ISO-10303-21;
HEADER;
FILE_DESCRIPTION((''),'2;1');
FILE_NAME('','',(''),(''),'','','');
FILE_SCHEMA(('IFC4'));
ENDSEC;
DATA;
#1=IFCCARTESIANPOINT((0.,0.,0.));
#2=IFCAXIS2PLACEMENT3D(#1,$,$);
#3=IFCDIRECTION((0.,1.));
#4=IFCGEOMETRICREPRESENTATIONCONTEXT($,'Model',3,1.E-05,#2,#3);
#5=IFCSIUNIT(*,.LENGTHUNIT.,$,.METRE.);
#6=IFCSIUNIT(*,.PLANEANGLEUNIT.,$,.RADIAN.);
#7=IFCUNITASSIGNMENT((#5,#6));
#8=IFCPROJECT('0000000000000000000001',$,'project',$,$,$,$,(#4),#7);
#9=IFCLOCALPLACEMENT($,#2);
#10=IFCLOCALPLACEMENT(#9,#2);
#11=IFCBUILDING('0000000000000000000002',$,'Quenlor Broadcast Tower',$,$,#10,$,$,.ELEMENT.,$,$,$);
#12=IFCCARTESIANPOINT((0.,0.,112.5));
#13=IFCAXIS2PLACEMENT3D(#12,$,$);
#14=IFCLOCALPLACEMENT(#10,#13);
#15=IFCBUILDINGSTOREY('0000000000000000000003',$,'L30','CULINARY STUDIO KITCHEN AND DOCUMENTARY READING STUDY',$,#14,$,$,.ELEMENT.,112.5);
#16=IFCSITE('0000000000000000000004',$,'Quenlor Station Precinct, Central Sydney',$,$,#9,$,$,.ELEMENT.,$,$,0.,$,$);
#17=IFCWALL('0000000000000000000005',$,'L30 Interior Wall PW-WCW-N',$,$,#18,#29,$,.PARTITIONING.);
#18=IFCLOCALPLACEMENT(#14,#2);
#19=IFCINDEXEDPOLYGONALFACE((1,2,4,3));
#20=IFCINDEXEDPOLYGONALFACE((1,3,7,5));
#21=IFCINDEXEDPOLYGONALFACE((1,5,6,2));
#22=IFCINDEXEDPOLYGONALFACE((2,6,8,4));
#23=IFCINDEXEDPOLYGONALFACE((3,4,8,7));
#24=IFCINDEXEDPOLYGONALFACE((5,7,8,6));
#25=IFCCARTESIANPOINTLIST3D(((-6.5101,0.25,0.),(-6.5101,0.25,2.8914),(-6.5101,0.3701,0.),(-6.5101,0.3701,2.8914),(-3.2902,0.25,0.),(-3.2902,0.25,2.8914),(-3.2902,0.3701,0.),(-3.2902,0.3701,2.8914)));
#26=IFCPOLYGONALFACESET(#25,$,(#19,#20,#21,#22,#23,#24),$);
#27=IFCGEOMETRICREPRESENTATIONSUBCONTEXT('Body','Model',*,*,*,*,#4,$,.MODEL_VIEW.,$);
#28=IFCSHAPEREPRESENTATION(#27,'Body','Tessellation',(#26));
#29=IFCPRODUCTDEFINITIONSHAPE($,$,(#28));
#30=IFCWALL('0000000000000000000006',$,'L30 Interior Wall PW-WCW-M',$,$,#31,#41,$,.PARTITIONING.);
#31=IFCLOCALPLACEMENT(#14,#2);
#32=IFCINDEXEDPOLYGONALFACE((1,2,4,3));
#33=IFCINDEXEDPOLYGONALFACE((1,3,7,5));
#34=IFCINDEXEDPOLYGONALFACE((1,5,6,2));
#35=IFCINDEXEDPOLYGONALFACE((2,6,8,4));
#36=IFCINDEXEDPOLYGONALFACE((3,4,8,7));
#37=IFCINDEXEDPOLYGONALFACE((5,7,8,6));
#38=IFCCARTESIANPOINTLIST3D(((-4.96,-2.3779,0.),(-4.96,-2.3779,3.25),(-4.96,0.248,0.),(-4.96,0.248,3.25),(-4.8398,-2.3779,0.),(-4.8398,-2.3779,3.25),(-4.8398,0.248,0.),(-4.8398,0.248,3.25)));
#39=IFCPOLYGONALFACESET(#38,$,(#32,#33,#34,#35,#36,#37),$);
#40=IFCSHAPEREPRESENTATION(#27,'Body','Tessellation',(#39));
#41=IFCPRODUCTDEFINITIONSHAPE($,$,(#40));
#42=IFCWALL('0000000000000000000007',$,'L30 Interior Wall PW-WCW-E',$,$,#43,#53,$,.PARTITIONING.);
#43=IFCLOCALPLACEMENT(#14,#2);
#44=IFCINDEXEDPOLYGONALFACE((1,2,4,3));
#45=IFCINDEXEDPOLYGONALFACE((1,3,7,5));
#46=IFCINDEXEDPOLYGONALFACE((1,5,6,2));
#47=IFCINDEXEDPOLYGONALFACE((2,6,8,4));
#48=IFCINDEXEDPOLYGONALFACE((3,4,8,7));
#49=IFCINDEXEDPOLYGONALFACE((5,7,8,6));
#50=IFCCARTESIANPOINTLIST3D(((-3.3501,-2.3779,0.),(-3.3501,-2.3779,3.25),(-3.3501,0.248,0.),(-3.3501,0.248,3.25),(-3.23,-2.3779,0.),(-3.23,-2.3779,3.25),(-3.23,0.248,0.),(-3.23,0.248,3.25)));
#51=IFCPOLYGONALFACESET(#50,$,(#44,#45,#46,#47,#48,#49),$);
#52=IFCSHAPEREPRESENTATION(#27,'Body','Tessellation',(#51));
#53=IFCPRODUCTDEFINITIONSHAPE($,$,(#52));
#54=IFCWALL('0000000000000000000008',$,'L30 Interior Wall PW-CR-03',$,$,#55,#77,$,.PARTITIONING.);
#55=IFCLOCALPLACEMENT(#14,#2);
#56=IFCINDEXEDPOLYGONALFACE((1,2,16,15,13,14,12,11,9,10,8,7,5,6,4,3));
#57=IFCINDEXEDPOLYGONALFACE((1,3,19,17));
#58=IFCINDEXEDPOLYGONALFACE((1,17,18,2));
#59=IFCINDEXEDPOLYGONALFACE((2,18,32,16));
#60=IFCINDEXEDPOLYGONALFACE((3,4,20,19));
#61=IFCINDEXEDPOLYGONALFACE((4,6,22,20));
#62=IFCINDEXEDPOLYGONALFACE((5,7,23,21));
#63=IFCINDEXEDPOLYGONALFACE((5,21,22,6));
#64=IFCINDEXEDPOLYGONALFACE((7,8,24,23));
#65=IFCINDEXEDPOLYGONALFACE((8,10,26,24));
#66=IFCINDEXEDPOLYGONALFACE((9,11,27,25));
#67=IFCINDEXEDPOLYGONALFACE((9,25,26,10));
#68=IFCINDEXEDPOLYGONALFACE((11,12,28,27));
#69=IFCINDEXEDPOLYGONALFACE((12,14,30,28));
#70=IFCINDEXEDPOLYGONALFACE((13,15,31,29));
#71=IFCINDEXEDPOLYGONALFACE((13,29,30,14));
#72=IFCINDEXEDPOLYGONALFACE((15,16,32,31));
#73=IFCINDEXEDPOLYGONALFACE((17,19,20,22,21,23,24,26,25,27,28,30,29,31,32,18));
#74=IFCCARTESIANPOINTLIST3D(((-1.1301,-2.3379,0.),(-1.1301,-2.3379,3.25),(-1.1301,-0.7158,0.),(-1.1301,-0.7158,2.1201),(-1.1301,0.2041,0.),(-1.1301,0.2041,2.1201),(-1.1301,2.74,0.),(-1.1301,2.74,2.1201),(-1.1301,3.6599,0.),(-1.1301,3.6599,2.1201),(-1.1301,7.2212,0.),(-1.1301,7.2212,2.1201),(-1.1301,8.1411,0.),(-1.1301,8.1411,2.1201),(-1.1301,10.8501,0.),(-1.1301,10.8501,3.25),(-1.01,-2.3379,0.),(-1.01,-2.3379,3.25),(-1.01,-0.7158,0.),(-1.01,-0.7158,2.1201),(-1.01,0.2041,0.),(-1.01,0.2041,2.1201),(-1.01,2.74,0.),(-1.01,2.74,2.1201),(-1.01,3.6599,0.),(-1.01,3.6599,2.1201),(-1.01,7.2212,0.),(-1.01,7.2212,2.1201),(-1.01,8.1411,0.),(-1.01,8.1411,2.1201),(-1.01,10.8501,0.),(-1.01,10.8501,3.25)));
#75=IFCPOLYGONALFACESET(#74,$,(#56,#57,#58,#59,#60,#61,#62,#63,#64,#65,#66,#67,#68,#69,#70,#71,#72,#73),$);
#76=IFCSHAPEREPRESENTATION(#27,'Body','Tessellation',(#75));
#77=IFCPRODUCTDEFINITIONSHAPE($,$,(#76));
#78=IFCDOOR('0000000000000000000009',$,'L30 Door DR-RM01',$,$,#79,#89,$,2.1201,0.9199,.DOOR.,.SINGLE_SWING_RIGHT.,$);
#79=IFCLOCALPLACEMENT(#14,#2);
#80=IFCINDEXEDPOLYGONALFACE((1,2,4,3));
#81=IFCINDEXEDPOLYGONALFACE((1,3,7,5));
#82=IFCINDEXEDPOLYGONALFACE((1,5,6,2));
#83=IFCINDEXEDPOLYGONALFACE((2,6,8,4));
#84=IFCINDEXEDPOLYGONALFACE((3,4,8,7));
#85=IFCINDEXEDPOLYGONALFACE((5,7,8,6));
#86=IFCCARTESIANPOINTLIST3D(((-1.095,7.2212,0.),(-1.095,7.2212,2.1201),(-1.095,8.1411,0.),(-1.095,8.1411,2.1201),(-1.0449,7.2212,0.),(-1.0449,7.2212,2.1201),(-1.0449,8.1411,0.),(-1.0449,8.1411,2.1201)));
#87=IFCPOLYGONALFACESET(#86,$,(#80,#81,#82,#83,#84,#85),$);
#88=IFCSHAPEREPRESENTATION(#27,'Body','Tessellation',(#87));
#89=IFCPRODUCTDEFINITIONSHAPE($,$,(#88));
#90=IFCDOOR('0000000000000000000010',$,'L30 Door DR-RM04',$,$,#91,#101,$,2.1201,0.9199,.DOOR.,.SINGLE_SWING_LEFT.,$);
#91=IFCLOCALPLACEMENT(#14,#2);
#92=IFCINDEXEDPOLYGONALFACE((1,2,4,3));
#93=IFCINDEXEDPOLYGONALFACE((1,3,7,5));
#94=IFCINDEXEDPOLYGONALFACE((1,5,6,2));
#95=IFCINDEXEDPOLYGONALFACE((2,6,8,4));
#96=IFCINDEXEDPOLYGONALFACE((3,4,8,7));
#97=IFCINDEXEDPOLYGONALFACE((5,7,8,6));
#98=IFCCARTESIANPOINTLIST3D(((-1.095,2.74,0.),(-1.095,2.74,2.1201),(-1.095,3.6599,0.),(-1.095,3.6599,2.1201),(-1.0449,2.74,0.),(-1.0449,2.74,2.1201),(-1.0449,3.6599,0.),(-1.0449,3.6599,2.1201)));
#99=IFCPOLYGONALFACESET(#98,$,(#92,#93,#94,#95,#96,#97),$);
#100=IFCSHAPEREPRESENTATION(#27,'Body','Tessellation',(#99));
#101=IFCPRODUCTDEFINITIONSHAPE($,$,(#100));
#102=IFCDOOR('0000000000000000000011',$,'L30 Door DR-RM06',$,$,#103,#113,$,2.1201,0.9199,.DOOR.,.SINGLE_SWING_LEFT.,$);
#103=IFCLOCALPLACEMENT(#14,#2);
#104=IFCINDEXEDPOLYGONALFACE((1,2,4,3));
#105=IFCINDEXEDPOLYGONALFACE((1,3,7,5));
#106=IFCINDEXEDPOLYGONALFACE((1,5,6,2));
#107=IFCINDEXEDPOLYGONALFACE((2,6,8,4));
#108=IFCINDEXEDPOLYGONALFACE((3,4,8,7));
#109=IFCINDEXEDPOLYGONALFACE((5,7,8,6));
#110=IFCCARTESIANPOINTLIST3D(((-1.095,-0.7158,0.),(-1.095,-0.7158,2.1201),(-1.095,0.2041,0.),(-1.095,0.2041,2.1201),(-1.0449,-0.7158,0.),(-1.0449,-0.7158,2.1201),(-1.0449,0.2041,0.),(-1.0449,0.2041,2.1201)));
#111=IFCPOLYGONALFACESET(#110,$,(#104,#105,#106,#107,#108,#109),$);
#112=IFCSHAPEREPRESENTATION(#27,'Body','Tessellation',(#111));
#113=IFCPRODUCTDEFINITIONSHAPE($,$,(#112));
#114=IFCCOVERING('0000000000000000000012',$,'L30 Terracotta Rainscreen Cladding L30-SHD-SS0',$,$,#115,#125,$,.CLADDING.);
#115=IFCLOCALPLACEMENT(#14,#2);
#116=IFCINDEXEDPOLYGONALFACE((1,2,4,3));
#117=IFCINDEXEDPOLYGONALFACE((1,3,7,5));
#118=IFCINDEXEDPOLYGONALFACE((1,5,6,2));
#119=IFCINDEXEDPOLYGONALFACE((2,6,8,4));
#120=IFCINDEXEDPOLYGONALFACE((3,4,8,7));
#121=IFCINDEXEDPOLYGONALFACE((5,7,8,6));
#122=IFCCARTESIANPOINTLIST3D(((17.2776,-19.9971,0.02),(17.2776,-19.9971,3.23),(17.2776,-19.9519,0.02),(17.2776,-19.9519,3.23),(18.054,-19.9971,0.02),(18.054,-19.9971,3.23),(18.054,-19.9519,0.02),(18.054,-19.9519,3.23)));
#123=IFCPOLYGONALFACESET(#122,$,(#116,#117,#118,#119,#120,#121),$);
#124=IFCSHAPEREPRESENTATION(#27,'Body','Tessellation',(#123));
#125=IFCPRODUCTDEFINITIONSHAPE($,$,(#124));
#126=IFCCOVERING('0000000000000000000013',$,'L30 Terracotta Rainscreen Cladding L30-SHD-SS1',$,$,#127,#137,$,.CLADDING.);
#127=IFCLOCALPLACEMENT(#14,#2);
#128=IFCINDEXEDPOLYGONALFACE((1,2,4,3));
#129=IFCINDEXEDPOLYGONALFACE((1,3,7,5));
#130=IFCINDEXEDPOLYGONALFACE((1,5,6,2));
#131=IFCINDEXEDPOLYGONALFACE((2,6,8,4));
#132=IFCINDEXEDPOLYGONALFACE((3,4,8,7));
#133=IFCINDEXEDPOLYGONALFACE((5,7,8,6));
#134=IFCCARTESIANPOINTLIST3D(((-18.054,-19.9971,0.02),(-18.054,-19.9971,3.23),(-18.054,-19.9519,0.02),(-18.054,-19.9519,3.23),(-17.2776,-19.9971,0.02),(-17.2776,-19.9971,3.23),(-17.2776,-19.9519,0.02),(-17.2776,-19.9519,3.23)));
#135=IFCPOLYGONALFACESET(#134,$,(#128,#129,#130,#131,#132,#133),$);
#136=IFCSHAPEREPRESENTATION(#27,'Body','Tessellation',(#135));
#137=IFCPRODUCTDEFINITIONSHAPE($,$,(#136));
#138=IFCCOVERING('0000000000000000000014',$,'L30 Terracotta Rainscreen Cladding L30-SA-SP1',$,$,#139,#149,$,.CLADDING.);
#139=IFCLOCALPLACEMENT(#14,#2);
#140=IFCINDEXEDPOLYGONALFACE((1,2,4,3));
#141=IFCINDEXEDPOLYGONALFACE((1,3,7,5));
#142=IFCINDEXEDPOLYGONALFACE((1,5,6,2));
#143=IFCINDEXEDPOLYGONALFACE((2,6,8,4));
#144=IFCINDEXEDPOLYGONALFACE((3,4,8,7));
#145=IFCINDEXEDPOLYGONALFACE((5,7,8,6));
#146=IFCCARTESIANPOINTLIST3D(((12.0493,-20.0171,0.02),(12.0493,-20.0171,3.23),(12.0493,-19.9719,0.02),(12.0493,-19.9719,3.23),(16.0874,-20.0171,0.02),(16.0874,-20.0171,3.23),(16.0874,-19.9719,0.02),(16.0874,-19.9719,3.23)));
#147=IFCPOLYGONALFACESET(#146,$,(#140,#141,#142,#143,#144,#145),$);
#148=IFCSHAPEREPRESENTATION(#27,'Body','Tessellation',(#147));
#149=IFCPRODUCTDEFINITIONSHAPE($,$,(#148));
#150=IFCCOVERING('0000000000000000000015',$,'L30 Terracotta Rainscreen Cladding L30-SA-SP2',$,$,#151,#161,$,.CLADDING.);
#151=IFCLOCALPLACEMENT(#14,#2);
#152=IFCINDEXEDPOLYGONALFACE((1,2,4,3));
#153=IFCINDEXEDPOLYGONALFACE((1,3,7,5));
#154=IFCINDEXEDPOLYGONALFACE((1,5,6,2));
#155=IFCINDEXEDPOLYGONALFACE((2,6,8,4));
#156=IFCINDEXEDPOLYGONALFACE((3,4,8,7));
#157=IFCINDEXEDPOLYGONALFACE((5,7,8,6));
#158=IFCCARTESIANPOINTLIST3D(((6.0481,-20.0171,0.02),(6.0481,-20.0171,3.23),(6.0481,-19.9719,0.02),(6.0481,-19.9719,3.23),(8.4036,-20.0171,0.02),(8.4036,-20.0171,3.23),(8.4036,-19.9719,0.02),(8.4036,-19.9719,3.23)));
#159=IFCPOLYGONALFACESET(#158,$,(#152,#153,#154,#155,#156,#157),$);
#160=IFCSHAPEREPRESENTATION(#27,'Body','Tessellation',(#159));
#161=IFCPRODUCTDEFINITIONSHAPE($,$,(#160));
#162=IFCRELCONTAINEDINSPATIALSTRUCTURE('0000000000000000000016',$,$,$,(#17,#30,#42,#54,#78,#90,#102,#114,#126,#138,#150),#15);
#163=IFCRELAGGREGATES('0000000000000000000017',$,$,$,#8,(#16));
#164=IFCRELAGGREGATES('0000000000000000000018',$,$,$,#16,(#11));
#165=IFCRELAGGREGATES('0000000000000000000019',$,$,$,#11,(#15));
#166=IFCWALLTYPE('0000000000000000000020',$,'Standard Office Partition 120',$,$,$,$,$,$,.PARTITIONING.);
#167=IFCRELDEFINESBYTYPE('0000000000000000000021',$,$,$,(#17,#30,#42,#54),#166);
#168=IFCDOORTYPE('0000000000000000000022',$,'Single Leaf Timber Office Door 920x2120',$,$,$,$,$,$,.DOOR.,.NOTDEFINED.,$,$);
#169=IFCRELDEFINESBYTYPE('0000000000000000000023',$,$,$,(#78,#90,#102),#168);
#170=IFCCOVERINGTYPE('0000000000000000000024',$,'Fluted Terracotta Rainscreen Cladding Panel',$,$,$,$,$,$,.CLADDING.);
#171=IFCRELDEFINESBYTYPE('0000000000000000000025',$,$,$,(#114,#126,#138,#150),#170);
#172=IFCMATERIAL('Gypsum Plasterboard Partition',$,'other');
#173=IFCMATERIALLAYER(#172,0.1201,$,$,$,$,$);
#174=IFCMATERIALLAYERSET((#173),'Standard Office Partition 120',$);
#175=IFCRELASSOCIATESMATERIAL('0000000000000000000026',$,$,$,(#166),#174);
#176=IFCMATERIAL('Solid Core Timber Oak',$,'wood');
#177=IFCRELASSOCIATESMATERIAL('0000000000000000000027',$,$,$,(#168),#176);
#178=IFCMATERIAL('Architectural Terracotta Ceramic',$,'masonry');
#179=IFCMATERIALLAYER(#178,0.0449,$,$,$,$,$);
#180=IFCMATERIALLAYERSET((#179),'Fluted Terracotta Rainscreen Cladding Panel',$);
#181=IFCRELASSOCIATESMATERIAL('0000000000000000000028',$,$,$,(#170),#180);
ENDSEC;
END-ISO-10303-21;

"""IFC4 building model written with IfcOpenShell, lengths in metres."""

from ifc_helpers import new_model, si_unit, direction, frame, frame_2d, origin, place, context, subcontext, project, spatial, polyline, rectangle, outline, extrude, material, layer, layer_set, type_object, element, fill, save


model = new_model("IFC4")

# Units and contexts
model_context = context("Model", 3, precision=1e-05, world=origin(), true_north=direction((0.0, 1.0)))
body_context = subcontext(model_context, "Body", "Model", "MODEL_VIEW")
ifc_project = project(units=[si_unit("LENGTHUNIT", "METRE"), si_unit("PLANEANGLEUNIT", "RADIAN")], contexts=[model_context])

# Site, building, storey
site_placement = place(None, origin())
site = spatial("IfcSite", under=ifc_project, at=site_placement, Name="Quenlor Station Precinct, Central Sydney", CompositionType="ELEMENT", RefElevation=0.0)
building_placement = place(site_placement, origin())
building = spatial("IfcBuilding", under=site, at=building_placement, Name="Quenlor Broadcast Tower", CompositionType="ELEMENT")
storey_placement = place(building_placement, frame((0.0, 0.0, 112.5)))
storey = spatial("IfcBuildingStorey", under=building, at=storey_placement, Name="L30", Description="CULINARY STUDIO KITCHEN AND DOCUMENTARY READING STUDY", CompositionType="ELEMENT", Elevation=112.5)

# Walls
ifc_material_1 = material(Name="Gypsum Plasterboard Partition", Category="other")
ifc_layer_1 = layer(ifc_material_1, 0.1201)
ifc_layer_set_1 = layer_set([ifc_layer_1], Name="Standard Office Partition 120")
wall_type_1 = type_object("IfcWallType", Name="Standard Office Partition 120", PredefinedType="PARTITIONING", material=ifc_layer_set_1)
wall_1_placement = place(storey_placement, frame((-6.51, 0.3101, 0.0), z_axis=(0.0, 0.0, 1.0), x_axis=(1.0, 0.0, 0.0)))
element("IfcWall", 1, at=wall_1_placement, inside=storey, type_object=wall_type_1, Name="L30 Interior Wall PW-WCW-N", PredefinedType="PARTITIONING", context=body_context, shape_type="SweptSolid", body=[
    extrude(rectangle(XDim=3.22, YDim=0.1201, at=frame_2d((1.6099, 0.0))), origin(), (0.0, 0.0, 1.0), 2.8914),
])
for number, where, z_axis, x_axis, name in (
    (2, (-4.8999, -2.3779, 0.0), (0.0, 0.0, 1.0), (0.0, 1.0, 0.0), "L30 Interior Wall PW-WCW-M"),
    (3, (-3.29, -2.3779, 0.0), (0.0, 0.0, 1.0), (0.0, 1.0, 0.0), "L30 Interior Wall PW-WCW-E"),
):
    element("IfcWall", number, at=place(storey_placement, frame(where, z_axis=z_axis, x_axis=x_axis)), inside=storey, type_object=wall_type_1, Name=name, PredefinedType="PARTITIONING", context=body_context, shape_type="SweptSolid", body=[
        extrude(rectangle(XDim=2.626, YDim=0.1201, at=frame_2d((1.313, 0.0))), origin(), (0.0, 0.0, 1.0), 3.25),
    ])

# Wall, openings, doors
wall_2_placement = place(storey_placement, frame((-1.0701, -2.3379, 0.0), z_axis=(0.0, 0.0, 1.0), x_axis=(0.0, 1.0, 0.0)))
wall_2 = element("IfcWall", 4, at=wall_2_placement, inside=storey, type_object=wall_type_1, Name="L30 Interior Wall PW-CR-03", PredefinedType="PARTITIONING", context=body_context, shape_type="SweptSolid", body=[
    extrude(rectangle(XDim=13.188, YDim=0.1201, at=frame_2d((6.594, 0.0))), origin(), (0.0, 0.0, 1.0), 3.25),
])
opening_1_placement = place(wall_2_placement, frame((9.5591, 0.0, 0.0)))
opening_1 = element("IfcOpeningElement", 5, at=opening_1_placement, cuts=wall_2, PredefinedType="OPENING", context=body_context, shape_type="SweptSolid", body=[
    extrude(rectangle(XDim=0.9199, YDim=2.1201, at=frame_2d((0.46, 1.0601))), frame((0.0, 0.0701, 0.0), z_axis=(0.0, -1.0, 0.0), x_axis=(1.0, 0.0, 0.0)), (0.0, 0.0, 1.0), 0.1401),
])
opening_2_placement = place(wall_2_placement, frame((5.0779, 0.0, 0.0)))
opening_2 = element("IfcOpeningElement", 6, at=opening_2_placement, cuts=wall_2, PredefinedType="OPENING", context=body_context, shape_type="SweptSolid", body=[
    extrude(rectangle(XDim=0.9199, YDim=2.1201, at=frame_2d((0.46, 1.0601))), frame((0.0, 0.0701, 0.0), z_axis=(0.0, -1.0, 0.0), x_axis=(1.0, 0.0, 0.0)), (0.0, 0.0, 1.0), 0.1401),
])
opening_3_placement = place(wall_2_placement, frame((1.6221, 0.0, 0.0)))
opening_3 = element("IfcOpeningElement", 7, at=opening_3_placement, cuts=wall_2, PredefinedType="OPENING", context=body_context, shape_type="SweptSolid", body=[
    extrude(rectangle(XDim=0.9199, YDim=2.1201, at=frame_2d((0.46, 1.0601))), frame((0.0, 0.0701, 0.0), z_axis=(0.0, -1.0, 0.0), x_axis=(1.0, 0.0, 0.0)), (0.0, 0.0, 1.0), 0.1401),
])
ifc_material_2 = material(Name="Solid Core Timber Oak", Category="wood")
door_type = type_object("IfcDoorType", Name="Single Leaf Timber Office Door 920x2120", OperationType="NOTDEFINED", PredefinedType="DOOR", material=ifc_material_2)
door_1_placement = place(opening_1_placement, origin())
door_1 = element("IfcDoor", 8, at=door_1_placement, inside=storey, type_object=door_type, Name="L30 Door DR-RM01", OperationType="SINGLE_SWING_RIGHT", OverallHeight=2.1201, OverallWidth=0.9199, PredefinedType="DOOR", context=body_context, shape_type="SweptSolid", body=[
    extrude(rectangle(XDim=0.9199, YDim=2.1201, at=frame_2d((0.46, 1.0601))), frame((0.0, 0.0249, 0.0), z_axis=(0.0, -1.0, 0.0), x_axis=(1.0, 0.0, 0.0)), (0.0, 0.0, 1.0), 0.05),
])
fill(opening_1, door_1)
door_2_placement = place(opening_2_placement, origin())
door_2 = element("IfcDoor", 9, at=door_2_placement, inside=storey, type_object=door_type, Name="L30 Door DR-RM04", OperationType="SINGLE_SWING_LEFT", OverallHeight=2.1201, OverallWidth=0.9199, PredefinedType="DOOR", context=body_context, shape_type="SweptSolid", body=[
    extrude(rectangle(XDim=0.9199, YDim=2.1201, at=frame_2d((0.46, 1.0601))), frame((0.0, 0.0249, 0.0), z_axis=(0.0, -1.0, 0.0), x_axis=(1.0, 0.0, 0.0)), (0.0, 0.0, 1.0), 0.05),
])
fill(opening_2, door_2)
door_3_placement = place(opening_3_placement, origin())
door_3 = element("IfcDoor", 10, at=door_3_placement, inside=storey, type_object=door_type, Name="L30 Door DR-RM06", OperationType="SINGLE_SWING_LEFT", OverallHeight=2.1201, OverallWidth=0.9199, PredefinedType="DOOR", context=body_context, shape_type="SweptSolid", body=[
    extrude(rectangle(XDim=0.9199, YDim=2.1201, at=frame_2d((0.46, 1.0601))), frame((0.0, 0.0249, 0.0), z_axis=(0.0, -1.0, 0.0), x_axis=(1.0, 0.0, 0.0)), (0.0, 0.0, 1.0), 0.05),
])
fill(opening_3, door_3)

# Coverings
ifc_material_3 = material(Name="Architectural Terracotta Ceramic", Category="masonry")
ifc_layer_2 = layer(ifc_material_3, 0.0449)
ifc_layer_set_2 = layer_set([ifc_layer_2], Name="Fluted Terracotta Rainscreen Cladding Panel")
covering_type = type_object("IfcCoveringType", Name="Fluted Terracotta Rainscreen Cladding Panel", PredefinedType="CLADDING", material=ifc_layer_set_2)
covering_1_placement = place(storey_placement, frame((0.0, 0.0, 0.02)))
element("IfcCovering", 11, at=covering_1_placement, inside=storey, type_object=covering_type, Name="L30 Terracotta Rainscreen Cladding L30-SHD-SS0", PredefinedType="CLADDING", context=body_context, shape_type="SweptSolid", body=[
    extrude(outline(polyline([(18.054, -19.9519), (17.2776, -19.9519), (17.2776, -19.9971), (18.054, -19.9971), (18.054, -19.9519)])), origin(), (0.0, 0.0, 1.0), 3.21),
])
covering_2_placement = place(storey_placement, frame((0.0, 0.0, 0.02)))
element("IfcCovering", 12, at=covering_2_placement, inside=storey, type_object=covering_type, Name="L30 Terracotta Rainscreen Cladding L30-SHD-SS1", PredefinedType="CLADDING", context=body_context, shape_type="SweptSolid", body=[
    extrude(outline(polyline([(-17.2776, -19.9519), (-18.054, -19.9519), (-18.054, -19.9971), (-17.2776, -19.9971), (-17.2776, -19.9519)])), origin(), (0.0, 0.0, 1.0), 3.21),
])
covering_3_placement = place(storey_placement, frame((0.0, 0.0, 0.02)))
element("IfcCovering", 13, at=covering_3_placement, inside=storey, type_object=covering_type, Name="L30 Terracotta Rainscreen Cladding L30-SA-SP1", PredefinedType="CLADDING", context=body_context, shape_type="SweptSolid", body=[
    extrude(outline(polyline([(16.0874, -19.9719), (12.0493, -19.9719), (12.0493, -20.0171), (16.0874, -20.0171), (16.0874, -19.9719)])), origin(), (0.0, 0.0, 1.0), 3.21),
])
covering_4_placement = place(storey_placement, frame((0.0, 0.0, 0.02)))
element("IfcCovering", 14, at=covering_4_placement, inside=storey, type_object=covering_type, Name="L30 Terracotta Rainscreen Cladding L30-SA-SP2", PredefinedType="CLADDING", context=body_context, shape_type="SweptSolid", body=[
    extrude(outline(polyline([(8.4036, -19.9719), (6.0481, -19.9719), (6.0481, -20.0171), (8.4036, -20.0171), (8.4036, -19.9719)])), origin(), (0.0, 0.0, 1.0), 3.21),
])

save(model, "model.ifc")
